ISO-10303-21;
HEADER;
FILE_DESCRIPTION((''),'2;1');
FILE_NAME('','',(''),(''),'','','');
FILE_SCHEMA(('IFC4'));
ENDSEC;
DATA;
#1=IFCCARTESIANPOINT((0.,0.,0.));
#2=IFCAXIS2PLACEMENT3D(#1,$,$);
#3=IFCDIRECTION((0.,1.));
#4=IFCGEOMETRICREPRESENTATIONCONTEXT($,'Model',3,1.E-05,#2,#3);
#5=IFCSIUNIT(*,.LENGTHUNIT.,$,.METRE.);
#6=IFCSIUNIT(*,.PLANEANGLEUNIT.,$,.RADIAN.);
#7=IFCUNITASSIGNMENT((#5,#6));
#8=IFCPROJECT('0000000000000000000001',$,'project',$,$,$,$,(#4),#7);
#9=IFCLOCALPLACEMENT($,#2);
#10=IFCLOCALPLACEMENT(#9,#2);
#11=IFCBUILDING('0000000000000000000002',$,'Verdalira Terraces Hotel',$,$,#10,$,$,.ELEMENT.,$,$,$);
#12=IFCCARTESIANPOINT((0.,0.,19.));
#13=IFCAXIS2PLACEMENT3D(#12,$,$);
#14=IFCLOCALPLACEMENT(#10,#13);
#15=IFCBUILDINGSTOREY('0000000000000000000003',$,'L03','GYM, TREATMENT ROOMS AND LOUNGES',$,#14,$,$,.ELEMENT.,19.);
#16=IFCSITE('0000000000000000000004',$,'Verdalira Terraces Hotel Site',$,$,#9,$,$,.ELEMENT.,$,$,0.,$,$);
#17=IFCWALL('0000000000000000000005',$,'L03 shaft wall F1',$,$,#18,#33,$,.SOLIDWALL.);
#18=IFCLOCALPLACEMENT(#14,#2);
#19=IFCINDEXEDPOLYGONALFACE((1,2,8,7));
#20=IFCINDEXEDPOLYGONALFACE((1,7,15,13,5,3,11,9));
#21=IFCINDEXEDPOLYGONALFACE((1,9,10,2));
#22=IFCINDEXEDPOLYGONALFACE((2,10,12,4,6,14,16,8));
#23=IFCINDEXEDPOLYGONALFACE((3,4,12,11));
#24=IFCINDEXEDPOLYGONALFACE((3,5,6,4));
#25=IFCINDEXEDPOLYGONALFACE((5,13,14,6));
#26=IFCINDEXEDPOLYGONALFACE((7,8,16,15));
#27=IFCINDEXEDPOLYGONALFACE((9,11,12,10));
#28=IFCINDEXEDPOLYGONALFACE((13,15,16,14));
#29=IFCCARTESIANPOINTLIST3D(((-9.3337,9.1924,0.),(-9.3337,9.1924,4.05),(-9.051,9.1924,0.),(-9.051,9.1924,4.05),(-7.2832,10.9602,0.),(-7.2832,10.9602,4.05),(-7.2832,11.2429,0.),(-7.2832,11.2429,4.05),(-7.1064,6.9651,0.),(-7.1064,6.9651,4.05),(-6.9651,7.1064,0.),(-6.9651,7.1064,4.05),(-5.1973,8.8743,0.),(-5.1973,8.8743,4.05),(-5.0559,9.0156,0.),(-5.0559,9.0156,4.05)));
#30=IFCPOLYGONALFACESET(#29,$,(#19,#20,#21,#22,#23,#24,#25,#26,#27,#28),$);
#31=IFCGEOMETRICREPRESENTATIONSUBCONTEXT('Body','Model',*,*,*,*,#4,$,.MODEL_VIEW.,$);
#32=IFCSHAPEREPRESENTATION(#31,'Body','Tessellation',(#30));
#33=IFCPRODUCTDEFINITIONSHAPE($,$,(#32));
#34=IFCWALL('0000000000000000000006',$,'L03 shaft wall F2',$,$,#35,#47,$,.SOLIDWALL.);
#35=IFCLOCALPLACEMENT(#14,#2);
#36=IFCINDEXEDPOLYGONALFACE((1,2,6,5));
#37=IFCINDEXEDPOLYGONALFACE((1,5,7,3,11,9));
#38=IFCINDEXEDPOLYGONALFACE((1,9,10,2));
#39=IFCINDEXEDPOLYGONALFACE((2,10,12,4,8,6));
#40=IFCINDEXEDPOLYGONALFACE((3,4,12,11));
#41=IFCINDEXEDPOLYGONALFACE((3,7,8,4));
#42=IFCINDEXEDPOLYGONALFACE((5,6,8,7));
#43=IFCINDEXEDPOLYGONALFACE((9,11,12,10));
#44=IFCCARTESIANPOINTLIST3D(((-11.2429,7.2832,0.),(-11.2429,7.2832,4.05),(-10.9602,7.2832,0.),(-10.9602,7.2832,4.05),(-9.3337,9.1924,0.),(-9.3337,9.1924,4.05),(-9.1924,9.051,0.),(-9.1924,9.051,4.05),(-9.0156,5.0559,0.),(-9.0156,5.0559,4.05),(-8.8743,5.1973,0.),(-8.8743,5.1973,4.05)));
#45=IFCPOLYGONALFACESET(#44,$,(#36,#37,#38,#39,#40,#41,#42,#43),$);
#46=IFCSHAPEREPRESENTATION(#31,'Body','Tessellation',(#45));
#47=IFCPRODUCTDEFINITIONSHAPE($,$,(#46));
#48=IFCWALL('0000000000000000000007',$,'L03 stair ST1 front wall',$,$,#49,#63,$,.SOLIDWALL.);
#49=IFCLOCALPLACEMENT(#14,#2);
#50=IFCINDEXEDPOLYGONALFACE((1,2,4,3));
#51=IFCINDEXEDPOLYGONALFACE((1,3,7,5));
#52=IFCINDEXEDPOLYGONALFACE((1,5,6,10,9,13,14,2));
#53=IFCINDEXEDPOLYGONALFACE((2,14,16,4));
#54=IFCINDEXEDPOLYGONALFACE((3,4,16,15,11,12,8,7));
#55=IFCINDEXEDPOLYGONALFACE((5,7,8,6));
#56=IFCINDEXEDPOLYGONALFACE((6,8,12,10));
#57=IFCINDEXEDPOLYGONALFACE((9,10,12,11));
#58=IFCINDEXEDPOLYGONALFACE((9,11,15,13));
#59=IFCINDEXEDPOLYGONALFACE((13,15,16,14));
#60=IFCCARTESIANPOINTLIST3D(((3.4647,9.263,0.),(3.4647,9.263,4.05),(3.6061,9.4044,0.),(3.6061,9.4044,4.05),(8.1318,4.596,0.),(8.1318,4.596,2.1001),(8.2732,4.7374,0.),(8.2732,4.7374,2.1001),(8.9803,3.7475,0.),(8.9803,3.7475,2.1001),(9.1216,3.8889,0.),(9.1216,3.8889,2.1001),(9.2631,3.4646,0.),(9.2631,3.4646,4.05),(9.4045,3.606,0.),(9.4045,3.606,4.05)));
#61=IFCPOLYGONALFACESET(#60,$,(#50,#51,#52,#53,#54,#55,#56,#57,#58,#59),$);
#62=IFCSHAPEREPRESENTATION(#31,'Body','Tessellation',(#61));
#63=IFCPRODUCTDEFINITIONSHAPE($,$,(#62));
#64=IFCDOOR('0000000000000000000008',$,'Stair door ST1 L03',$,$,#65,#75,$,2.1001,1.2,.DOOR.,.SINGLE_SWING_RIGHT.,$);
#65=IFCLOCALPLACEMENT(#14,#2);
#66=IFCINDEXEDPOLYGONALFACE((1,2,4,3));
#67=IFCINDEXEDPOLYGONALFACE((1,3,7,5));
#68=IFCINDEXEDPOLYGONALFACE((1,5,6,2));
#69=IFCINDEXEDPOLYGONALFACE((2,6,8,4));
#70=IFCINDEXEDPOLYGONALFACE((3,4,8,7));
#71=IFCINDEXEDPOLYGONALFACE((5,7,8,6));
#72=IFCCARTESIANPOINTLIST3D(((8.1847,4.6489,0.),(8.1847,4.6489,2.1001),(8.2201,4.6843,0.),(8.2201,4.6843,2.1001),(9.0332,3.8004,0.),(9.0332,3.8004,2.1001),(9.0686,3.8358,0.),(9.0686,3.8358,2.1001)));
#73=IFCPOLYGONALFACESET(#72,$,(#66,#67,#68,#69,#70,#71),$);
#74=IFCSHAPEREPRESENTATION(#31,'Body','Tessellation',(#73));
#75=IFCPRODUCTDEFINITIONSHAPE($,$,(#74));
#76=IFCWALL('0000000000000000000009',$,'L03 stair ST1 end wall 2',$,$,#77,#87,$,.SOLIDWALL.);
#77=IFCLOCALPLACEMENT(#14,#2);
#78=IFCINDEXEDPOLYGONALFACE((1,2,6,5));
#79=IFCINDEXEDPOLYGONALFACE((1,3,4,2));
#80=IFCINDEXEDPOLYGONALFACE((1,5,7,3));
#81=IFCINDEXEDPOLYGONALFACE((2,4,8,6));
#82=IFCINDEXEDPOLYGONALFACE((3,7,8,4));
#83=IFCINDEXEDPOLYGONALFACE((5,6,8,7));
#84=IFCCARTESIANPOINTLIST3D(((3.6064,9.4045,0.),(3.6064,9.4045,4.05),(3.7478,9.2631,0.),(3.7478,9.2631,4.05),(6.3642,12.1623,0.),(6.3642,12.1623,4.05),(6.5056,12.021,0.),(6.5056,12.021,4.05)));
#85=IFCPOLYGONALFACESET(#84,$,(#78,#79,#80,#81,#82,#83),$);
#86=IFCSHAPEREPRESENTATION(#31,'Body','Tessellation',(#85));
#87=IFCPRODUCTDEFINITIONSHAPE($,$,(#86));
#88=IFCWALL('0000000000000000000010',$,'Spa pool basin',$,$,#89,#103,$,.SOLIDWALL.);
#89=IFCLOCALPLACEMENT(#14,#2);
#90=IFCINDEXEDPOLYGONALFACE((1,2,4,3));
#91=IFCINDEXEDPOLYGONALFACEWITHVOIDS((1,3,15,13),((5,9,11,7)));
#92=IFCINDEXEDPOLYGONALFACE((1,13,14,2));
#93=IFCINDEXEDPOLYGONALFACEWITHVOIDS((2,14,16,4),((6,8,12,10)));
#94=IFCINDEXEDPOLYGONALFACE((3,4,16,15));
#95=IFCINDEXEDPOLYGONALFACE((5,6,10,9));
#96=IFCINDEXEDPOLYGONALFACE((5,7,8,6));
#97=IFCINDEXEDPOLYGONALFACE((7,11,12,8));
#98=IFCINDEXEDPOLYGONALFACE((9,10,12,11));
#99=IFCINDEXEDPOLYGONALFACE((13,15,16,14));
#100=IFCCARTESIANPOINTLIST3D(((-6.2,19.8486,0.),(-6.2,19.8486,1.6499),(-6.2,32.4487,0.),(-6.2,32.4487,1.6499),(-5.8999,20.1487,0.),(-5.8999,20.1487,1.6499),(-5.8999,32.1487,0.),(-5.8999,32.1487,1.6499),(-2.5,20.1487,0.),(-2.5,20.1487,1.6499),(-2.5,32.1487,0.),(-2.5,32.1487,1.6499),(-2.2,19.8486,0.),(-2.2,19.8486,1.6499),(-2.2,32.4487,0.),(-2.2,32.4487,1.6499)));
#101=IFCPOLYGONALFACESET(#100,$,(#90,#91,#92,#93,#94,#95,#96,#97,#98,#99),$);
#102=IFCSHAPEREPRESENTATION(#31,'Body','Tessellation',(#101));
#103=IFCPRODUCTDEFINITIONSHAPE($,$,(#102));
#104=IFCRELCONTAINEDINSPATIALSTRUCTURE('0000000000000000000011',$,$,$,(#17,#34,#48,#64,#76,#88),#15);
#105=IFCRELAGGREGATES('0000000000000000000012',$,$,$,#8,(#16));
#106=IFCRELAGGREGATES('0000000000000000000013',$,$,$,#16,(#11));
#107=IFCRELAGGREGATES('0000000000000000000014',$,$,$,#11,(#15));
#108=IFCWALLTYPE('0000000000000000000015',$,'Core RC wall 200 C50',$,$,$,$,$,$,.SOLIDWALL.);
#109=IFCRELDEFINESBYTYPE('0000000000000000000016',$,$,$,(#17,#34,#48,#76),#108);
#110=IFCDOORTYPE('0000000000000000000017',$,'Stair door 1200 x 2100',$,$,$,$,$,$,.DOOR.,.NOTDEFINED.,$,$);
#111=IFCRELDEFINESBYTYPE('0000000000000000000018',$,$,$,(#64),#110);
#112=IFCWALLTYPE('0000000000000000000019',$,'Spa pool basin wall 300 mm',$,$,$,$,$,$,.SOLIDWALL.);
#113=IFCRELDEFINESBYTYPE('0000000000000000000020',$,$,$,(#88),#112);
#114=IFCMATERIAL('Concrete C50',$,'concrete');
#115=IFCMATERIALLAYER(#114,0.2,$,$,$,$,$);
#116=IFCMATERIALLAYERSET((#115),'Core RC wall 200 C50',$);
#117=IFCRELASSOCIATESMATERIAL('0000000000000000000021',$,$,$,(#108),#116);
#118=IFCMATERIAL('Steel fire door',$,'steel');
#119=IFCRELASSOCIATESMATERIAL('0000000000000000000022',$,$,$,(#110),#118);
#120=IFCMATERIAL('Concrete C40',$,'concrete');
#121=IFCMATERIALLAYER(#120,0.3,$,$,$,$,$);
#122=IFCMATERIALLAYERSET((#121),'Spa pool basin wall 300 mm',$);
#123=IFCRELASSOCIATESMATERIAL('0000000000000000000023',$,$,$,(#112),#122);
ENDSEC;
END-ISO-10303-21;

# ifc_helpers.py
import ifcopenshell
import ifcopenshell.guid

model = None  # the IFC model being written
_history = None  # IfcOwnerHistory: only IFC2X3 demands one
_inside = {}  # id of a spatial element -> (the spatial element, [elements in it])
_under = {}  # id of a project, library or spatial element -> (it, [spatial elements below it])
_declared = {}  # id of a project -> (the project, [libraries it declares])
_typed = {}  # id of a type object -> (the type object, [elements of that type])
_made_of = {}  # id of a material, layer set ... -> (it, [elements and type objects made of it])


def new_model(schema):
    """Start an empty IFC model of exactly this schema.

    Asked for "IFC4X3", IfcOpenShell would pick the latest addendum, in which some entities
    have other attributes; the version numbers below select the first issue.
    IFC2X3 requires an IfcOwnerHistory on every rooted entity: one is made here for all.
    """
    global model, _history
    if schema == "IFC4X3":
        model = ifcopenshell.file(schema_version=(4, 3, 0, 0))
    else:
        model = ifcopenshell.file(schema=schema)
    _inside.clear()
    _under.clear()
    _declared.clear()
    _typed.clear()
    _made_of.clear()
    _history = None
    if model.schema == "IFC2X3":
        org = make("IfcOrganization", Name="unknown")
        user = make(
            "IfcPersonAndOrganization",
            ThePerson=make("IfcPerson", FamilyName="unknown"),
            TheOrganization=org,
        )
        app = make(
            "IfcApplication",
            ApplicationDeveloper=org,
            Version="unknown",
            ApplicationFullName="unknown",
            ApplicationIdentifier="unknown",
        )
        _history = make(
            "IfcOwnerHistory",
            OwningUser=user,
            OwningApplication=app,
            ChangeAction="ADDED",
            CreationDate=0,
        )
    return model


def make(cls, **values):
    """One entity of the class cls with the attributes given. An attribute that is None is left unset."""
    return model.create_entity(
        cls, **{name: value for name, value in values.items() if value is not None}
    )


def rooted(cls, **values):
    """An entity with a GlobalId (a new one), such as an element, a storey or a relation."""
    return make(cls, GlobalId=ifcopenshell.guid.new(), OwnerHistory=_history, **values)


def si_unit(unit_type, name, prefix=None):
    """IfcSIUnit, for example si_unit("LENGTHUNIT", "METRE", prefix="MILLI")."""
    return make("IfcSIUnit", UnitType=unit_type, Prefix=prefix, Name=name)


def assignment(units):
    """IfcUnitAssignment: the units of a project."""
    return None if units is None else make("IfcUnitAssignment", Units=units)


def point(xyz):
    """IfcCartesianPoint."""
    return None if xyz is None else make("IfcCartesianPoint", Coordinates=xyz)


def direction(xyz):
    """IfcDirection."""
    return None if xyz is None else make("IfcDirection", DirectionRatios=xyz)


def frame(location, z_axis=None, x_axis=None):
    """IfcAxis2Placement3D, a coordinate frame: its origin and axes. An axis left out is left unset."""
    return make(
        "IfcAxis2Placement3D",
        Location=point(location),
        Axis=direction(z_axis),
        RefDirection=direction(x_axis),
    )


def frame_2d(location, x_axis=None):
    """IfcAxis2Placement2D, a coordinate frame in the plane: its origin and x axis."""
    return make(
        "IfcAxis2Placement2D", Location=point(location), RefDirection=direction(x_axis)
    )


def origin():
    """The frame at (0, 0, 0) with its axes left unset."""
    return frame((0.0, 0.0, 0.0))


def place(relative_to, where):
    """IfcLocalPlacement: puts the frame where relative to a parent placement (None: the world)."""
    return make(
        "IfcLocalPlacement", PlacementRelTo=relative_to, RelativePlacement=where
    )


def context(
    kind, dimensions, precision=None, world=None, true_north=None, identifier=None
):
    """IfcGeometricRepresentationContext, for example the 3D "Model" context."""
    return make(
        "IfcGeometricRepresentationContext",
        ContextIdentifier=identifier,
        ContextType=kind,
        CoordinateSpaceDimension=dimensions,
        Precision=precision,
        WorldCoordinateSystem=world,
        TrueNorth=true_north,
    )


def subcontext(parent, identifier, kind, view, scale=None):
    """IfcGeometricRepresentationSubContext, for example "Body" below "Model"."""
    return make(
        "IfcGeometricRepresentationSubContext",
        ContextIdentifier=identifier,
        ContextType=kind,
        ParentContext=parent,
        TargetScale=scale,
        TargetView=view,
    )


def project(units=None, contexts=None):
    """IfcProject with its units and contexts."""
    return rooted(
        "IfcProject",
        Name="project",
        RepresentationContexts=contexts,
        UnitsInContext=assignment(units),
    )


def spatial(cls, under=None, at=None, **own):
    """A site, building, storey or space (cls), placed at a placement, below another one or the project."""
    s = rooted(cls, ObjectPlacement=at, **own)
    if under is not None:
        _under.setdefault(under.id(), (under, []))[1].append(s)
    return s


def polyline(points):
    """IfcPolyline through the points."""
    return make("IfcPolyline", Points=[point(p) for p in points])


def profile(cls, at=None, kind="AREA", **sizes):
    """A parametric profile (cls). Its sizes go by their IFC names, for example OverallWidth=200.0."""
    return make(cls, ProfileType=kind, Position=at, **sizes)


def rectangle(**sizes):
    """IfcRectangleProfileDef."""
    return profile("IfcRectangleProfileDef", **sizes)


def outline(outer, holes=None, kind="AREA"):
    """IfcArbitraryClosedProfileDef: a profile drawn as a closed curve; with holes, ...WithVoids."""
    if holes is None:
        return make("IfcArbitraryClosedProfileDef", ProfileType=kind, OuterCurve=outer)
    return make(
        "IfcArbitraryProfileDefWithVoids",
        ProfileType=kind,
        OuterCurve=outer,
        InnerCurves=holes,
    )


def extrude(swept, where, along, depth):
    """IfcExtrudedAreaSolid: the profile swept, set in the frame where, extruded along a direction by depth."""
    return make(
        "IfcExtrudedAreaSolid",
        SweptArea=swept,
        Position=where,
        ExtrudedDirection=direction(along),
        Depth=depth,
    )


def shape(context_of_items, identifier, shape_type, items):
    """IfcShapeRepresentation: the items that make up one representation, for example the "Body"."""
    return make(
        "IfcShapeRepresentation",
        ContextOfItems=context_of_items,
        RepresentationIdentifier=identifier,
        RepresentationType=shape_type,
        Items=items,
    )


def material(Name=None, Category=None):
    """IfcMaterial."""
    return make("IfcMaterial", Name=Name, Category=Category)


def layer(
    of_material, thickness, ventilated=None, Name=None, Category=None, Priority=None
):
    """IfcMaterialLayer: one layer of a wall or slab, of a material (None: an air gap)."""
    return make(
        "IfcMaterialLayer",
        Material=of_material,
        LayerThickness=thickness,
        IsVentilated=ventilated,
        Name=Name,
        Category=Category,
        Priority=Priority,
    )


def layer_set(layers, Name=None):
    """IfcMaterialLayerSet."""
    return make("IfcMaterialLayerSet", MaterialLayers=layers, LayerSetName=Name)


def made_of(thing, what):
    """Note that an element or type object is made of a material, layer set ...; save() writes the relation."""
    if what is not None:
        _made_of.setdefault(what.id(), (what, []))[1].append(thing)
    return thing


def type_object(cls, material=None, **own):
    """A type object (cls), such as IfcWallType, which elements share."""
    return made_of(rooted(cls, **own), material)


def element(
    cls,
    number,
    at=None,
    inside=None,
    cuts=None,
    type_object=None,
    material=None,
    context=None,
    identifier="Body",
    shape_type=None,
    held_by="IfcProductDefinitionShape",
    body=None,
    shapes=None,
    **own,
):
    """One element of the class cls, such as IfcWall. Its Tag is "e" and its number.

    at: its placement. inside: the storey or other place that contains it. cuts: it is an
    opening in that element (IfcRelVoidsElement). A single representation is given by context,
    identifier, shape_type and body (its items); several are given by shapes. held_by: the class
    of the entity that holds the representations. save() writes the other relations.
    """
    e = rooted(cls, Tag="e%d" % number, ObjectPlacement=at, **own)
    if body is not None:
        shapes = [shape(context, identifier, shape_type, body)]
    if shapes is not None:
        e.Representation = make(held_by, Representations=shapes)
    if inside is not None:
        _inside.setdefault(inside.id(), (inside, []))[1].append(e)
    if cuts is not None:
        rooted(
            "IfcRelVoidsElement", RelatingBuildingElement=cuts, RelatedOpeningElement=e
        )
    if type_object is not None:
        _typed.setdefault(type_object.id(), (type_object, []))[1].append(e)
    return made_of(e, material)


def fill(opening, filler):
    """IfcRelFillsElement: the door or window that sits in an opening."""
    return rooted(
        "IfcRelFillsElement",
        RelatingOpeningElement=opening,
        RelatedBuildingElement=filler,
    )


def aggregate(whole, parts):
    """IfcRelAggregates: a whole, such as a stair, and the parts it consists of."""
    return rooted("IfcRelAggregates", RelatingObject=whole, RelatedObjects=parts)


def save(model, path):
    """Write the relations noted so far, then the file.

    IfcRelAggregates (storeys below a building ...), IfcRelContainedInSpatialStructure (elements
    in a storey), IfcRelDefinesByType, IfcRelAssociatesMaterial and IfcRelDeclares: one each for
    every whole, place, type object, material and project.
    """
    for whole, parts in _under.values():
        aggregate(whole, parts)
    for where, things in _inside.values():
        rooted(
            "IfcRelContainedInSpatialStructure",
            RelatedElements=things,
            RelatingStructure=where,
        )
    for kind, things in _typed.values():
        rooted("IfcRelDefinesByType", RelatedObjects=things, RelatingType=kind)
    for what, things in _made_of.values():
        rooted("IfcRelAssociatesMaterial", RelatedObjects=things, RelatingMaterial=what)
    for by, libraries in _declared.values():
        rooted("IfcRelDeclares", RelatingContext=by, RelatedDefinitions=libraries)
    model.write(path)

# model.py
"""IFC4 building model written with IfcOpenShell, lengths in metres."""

from ifc_helpers import new_model, si_unit, direction, frame, frame_2d, origin, place, context, subcontext, project, spatial, polyline, rectangle, outline, extrude, material, layer, layer_set, type_object, element, fill, save


model = new_model("IFC4")

# Units and contexts
model_context = context("Model", 3, precision=1e-05, world=origin(), true_north=direction((0.0, 1.0)))
body_context = subcontext(model_context, "Body", "Model", "MODEL_VIEW")
ifc_project = project(units=[si_unit("LENGTHUNIT", "METRE"), si_unit("PLANEANGLEUNIT", "RADIAN")], contexts=[model_context])

# Site, building, storey
site_placement = place(None, origin())
site = spatial("IfcSite", under=ifc_project, at=site_placement, Name="Verdalira Terraces Hotel Site", CompositionType="ELEMENT", RefElevation=0.0)
building_placement = place(site_placement, origin())
building = spatial("IfcBuilding", under=site, at=building_placement, Name="Verdalira Terraces Hotel", CompositionType="ELEMENT")
storey_placement = place(building_placement, frame((0.0, 0.0, 19.0)))
storey = spatial("IfcBuildingStorey", under=building, at=storey_placement, Name="L03", Description="GYM, TREATMENT ROOMS AND LOUNGES", CompositionType="ELEMENT", Elevation=19.0)

# Walls
ifc_material_1 = material(Name="Concrete C50", Category="concrete")
ifc_layer_1 = layer(ifc_material_1, 0.2)
ifc_layer_set_1 = layer_set([ifc_layer_1], Name="Core RC wall 200 C50")
wall_type_1 = type_object("IfcWallType", Name="Core RC wall 200 C50", PredefinedType="SOLIDWALL", material=ifc_layer_set_1)
wall_1_placement = place(storey_placement, origin())
element("IfcWall", 1, at=wall_1_placement, inside=storey, type_object=wall_type_1, Name="L03 shaft wall F1", PredefinedType="SOLIDWALL", context=body_context, shape_type="SweptSolid", body=[
    extrude(outline(polyline([(-9.3337, 9.1924), (-7.2832, 11.2429), (-5.0559, 9.0156), (-5.1973, 8.8743), (-7.2832, 10.9602), (-9.051, 9.1924), (-6.9651, 7.1064), (-7.1064, 6.9651), (-9.3337, 9.1924)])), origin(), (0.0, 0.0, 1.0), 4.05),
])
wall_2_placement = place(storey_placement, origin())
element("IfcWall", 2, at=wall_2_placement, inside=storey, type_object=wall_type_1, Name="L03 shaft wall F2", PredefinedType="SOLIDWALL", context=body_context, shape_type="SweptSolid", body=[
    extrude(outline(polyline([(-11.2429, 7.2832), (-9.3337, 9.1924), (-9.1924, 9.051), (-10.9602, 7.2832), (-8.8743, 5.1973), (-9.0156, 5.0559), (-11.2429, 7.2832)])), origin(), (0.0, 0.0, 1.0), 4.05),
])

# Wall, opening, door
wall_3_placement = place(storey_placement, frame((3.5354, 9.3337, 0.0), z_axis=(0.0, 0.0, 1.0), x_axis=(0.707107, -0.707107, 0.0)))
wall_3 = element("IfcWall", 3, at=wall_3_placement, inside=storey, type_object=wall_type_1, Name="L03 stair ST1 front wall", PredefinedType="SOLIDWALL", context=body_context, shape_type="SweptSolid", body=[
    extrude(rectangle(XDim=8.2002, YDim=0.2, at=frame_2d((4.1001, 0.0))), origin(), (0.0, 0.0, 1.0), 4.05),
])
opening_placement = place(wall_3_placement, frame((6.6001, 0.0, 0.0)))
opening = element("IfcOpeningElement", 4, at=opening_placement, cuts=wall_3, PredefinedType="OPENING", context=body_context, shape_type="SweptSolid", body=[
    extrude(rectangle(XDim=1.2, YDim=2.1001, at=frame_2d((0.6001, 1.05))), frame((0.0, 0.1099, 0.0), z_axis=(0.0, -1.0, 0.0), x_axis=(1.0, 0.0, 0.0)), (0.0, 0.0, 1.0), 0.22),
])
ifc_material_2 = material(Name="Steel fire door", Category="steel")
door_type = type_object("IfcDoorType", Name="Stair door 1200 x 2100", OperationType="NOTDEFINED", PredefinedType="DOOR", material=ifc_material_2)
door_placement = place(opening_placement, origin())
door = element("IfcDoor", 5, at=door_placement, inside=storey, type_object=door_type, Name="Stair door ST1 L03", OperationType="SINGLE_SWING_RIGHT", OverallHeight=2.1001, OverallWidth=1.2, PredefinedType="DOOR", context=body_context, shape_type="SweptSolid", body=[
    extrude(rectangle(XDim=1.2, YDim=2.1001, at=frame_2d((0.6001, 1.05))), frame((0.0, 0.0249, 0.0), z_axis=(0.0, -1.0, 0.0), x_axis=(1.0, 0.0, 0.0)), (0.0, 0.0, 1.0), 0.05),
])
fill(opening, door)

# Walls
wall_4_placement = place(storey_placement, frame((3.677, 9.3337, 0.0), z_axis=(0.0, 0.0, 1.0), x_axis=(0.707107, 0.707107, 0.0)))
element("IfcWall", 6, at=wall_4_placement, inside=storey, type_object=wall_type_1, Name="L03 stair ST1 end wall 2", PredefinedType="SOLIDWALL", context=body_context, shape_type="SweptSolid", body=[
    extrude(rectangle(XDim=3.9001, YDim=0.2, at=frame_2d((1.9502, 0.0))), origin(), (0.0, 0.0, 1.0), 4.05),
])
ifc_material_3 = material(Name="Concrete C40", Category="concrete")
ifc_layer_2 = layer(ifc_material_3, 0.3)
ifc_layer_set_2 = layer_set([ifc_layer_2], Name="Spa pool basin wall 300 mm")
wall_type_2 = type_object("IfcWallType", Name="Spa pool basin wall 300 mm", PredefinedType="SOLIDWALL", material=ifc_layer_set_2)
wall_5_placement = place(storey_placement, origin())
element("IfcWall", 7, at=wall_5_placement, inside=storey, type_object=wall_type_2, Name="Spa pool basin", PredefinedType="SOLIDWALL", context=body_context, shape_type="SweptSolid", body=[
    extrude(outline(polyline([(-2.2, 19.8486), (-2.2, 32.4487), (-6.2, 32.4487), (-6.2, 19.8486), (-2.2, 19.8486)]), holes=[polyline([(-2.5, 20.1487), (-5.8999, 20.1487), (-5.8999, 32.1487), (-2.5, 32.1487), (-2.5, 20.1487)])]), origin(), (0.0, 0.0, 1.0), 1.6499),
])

save(model, "model.ifc")
